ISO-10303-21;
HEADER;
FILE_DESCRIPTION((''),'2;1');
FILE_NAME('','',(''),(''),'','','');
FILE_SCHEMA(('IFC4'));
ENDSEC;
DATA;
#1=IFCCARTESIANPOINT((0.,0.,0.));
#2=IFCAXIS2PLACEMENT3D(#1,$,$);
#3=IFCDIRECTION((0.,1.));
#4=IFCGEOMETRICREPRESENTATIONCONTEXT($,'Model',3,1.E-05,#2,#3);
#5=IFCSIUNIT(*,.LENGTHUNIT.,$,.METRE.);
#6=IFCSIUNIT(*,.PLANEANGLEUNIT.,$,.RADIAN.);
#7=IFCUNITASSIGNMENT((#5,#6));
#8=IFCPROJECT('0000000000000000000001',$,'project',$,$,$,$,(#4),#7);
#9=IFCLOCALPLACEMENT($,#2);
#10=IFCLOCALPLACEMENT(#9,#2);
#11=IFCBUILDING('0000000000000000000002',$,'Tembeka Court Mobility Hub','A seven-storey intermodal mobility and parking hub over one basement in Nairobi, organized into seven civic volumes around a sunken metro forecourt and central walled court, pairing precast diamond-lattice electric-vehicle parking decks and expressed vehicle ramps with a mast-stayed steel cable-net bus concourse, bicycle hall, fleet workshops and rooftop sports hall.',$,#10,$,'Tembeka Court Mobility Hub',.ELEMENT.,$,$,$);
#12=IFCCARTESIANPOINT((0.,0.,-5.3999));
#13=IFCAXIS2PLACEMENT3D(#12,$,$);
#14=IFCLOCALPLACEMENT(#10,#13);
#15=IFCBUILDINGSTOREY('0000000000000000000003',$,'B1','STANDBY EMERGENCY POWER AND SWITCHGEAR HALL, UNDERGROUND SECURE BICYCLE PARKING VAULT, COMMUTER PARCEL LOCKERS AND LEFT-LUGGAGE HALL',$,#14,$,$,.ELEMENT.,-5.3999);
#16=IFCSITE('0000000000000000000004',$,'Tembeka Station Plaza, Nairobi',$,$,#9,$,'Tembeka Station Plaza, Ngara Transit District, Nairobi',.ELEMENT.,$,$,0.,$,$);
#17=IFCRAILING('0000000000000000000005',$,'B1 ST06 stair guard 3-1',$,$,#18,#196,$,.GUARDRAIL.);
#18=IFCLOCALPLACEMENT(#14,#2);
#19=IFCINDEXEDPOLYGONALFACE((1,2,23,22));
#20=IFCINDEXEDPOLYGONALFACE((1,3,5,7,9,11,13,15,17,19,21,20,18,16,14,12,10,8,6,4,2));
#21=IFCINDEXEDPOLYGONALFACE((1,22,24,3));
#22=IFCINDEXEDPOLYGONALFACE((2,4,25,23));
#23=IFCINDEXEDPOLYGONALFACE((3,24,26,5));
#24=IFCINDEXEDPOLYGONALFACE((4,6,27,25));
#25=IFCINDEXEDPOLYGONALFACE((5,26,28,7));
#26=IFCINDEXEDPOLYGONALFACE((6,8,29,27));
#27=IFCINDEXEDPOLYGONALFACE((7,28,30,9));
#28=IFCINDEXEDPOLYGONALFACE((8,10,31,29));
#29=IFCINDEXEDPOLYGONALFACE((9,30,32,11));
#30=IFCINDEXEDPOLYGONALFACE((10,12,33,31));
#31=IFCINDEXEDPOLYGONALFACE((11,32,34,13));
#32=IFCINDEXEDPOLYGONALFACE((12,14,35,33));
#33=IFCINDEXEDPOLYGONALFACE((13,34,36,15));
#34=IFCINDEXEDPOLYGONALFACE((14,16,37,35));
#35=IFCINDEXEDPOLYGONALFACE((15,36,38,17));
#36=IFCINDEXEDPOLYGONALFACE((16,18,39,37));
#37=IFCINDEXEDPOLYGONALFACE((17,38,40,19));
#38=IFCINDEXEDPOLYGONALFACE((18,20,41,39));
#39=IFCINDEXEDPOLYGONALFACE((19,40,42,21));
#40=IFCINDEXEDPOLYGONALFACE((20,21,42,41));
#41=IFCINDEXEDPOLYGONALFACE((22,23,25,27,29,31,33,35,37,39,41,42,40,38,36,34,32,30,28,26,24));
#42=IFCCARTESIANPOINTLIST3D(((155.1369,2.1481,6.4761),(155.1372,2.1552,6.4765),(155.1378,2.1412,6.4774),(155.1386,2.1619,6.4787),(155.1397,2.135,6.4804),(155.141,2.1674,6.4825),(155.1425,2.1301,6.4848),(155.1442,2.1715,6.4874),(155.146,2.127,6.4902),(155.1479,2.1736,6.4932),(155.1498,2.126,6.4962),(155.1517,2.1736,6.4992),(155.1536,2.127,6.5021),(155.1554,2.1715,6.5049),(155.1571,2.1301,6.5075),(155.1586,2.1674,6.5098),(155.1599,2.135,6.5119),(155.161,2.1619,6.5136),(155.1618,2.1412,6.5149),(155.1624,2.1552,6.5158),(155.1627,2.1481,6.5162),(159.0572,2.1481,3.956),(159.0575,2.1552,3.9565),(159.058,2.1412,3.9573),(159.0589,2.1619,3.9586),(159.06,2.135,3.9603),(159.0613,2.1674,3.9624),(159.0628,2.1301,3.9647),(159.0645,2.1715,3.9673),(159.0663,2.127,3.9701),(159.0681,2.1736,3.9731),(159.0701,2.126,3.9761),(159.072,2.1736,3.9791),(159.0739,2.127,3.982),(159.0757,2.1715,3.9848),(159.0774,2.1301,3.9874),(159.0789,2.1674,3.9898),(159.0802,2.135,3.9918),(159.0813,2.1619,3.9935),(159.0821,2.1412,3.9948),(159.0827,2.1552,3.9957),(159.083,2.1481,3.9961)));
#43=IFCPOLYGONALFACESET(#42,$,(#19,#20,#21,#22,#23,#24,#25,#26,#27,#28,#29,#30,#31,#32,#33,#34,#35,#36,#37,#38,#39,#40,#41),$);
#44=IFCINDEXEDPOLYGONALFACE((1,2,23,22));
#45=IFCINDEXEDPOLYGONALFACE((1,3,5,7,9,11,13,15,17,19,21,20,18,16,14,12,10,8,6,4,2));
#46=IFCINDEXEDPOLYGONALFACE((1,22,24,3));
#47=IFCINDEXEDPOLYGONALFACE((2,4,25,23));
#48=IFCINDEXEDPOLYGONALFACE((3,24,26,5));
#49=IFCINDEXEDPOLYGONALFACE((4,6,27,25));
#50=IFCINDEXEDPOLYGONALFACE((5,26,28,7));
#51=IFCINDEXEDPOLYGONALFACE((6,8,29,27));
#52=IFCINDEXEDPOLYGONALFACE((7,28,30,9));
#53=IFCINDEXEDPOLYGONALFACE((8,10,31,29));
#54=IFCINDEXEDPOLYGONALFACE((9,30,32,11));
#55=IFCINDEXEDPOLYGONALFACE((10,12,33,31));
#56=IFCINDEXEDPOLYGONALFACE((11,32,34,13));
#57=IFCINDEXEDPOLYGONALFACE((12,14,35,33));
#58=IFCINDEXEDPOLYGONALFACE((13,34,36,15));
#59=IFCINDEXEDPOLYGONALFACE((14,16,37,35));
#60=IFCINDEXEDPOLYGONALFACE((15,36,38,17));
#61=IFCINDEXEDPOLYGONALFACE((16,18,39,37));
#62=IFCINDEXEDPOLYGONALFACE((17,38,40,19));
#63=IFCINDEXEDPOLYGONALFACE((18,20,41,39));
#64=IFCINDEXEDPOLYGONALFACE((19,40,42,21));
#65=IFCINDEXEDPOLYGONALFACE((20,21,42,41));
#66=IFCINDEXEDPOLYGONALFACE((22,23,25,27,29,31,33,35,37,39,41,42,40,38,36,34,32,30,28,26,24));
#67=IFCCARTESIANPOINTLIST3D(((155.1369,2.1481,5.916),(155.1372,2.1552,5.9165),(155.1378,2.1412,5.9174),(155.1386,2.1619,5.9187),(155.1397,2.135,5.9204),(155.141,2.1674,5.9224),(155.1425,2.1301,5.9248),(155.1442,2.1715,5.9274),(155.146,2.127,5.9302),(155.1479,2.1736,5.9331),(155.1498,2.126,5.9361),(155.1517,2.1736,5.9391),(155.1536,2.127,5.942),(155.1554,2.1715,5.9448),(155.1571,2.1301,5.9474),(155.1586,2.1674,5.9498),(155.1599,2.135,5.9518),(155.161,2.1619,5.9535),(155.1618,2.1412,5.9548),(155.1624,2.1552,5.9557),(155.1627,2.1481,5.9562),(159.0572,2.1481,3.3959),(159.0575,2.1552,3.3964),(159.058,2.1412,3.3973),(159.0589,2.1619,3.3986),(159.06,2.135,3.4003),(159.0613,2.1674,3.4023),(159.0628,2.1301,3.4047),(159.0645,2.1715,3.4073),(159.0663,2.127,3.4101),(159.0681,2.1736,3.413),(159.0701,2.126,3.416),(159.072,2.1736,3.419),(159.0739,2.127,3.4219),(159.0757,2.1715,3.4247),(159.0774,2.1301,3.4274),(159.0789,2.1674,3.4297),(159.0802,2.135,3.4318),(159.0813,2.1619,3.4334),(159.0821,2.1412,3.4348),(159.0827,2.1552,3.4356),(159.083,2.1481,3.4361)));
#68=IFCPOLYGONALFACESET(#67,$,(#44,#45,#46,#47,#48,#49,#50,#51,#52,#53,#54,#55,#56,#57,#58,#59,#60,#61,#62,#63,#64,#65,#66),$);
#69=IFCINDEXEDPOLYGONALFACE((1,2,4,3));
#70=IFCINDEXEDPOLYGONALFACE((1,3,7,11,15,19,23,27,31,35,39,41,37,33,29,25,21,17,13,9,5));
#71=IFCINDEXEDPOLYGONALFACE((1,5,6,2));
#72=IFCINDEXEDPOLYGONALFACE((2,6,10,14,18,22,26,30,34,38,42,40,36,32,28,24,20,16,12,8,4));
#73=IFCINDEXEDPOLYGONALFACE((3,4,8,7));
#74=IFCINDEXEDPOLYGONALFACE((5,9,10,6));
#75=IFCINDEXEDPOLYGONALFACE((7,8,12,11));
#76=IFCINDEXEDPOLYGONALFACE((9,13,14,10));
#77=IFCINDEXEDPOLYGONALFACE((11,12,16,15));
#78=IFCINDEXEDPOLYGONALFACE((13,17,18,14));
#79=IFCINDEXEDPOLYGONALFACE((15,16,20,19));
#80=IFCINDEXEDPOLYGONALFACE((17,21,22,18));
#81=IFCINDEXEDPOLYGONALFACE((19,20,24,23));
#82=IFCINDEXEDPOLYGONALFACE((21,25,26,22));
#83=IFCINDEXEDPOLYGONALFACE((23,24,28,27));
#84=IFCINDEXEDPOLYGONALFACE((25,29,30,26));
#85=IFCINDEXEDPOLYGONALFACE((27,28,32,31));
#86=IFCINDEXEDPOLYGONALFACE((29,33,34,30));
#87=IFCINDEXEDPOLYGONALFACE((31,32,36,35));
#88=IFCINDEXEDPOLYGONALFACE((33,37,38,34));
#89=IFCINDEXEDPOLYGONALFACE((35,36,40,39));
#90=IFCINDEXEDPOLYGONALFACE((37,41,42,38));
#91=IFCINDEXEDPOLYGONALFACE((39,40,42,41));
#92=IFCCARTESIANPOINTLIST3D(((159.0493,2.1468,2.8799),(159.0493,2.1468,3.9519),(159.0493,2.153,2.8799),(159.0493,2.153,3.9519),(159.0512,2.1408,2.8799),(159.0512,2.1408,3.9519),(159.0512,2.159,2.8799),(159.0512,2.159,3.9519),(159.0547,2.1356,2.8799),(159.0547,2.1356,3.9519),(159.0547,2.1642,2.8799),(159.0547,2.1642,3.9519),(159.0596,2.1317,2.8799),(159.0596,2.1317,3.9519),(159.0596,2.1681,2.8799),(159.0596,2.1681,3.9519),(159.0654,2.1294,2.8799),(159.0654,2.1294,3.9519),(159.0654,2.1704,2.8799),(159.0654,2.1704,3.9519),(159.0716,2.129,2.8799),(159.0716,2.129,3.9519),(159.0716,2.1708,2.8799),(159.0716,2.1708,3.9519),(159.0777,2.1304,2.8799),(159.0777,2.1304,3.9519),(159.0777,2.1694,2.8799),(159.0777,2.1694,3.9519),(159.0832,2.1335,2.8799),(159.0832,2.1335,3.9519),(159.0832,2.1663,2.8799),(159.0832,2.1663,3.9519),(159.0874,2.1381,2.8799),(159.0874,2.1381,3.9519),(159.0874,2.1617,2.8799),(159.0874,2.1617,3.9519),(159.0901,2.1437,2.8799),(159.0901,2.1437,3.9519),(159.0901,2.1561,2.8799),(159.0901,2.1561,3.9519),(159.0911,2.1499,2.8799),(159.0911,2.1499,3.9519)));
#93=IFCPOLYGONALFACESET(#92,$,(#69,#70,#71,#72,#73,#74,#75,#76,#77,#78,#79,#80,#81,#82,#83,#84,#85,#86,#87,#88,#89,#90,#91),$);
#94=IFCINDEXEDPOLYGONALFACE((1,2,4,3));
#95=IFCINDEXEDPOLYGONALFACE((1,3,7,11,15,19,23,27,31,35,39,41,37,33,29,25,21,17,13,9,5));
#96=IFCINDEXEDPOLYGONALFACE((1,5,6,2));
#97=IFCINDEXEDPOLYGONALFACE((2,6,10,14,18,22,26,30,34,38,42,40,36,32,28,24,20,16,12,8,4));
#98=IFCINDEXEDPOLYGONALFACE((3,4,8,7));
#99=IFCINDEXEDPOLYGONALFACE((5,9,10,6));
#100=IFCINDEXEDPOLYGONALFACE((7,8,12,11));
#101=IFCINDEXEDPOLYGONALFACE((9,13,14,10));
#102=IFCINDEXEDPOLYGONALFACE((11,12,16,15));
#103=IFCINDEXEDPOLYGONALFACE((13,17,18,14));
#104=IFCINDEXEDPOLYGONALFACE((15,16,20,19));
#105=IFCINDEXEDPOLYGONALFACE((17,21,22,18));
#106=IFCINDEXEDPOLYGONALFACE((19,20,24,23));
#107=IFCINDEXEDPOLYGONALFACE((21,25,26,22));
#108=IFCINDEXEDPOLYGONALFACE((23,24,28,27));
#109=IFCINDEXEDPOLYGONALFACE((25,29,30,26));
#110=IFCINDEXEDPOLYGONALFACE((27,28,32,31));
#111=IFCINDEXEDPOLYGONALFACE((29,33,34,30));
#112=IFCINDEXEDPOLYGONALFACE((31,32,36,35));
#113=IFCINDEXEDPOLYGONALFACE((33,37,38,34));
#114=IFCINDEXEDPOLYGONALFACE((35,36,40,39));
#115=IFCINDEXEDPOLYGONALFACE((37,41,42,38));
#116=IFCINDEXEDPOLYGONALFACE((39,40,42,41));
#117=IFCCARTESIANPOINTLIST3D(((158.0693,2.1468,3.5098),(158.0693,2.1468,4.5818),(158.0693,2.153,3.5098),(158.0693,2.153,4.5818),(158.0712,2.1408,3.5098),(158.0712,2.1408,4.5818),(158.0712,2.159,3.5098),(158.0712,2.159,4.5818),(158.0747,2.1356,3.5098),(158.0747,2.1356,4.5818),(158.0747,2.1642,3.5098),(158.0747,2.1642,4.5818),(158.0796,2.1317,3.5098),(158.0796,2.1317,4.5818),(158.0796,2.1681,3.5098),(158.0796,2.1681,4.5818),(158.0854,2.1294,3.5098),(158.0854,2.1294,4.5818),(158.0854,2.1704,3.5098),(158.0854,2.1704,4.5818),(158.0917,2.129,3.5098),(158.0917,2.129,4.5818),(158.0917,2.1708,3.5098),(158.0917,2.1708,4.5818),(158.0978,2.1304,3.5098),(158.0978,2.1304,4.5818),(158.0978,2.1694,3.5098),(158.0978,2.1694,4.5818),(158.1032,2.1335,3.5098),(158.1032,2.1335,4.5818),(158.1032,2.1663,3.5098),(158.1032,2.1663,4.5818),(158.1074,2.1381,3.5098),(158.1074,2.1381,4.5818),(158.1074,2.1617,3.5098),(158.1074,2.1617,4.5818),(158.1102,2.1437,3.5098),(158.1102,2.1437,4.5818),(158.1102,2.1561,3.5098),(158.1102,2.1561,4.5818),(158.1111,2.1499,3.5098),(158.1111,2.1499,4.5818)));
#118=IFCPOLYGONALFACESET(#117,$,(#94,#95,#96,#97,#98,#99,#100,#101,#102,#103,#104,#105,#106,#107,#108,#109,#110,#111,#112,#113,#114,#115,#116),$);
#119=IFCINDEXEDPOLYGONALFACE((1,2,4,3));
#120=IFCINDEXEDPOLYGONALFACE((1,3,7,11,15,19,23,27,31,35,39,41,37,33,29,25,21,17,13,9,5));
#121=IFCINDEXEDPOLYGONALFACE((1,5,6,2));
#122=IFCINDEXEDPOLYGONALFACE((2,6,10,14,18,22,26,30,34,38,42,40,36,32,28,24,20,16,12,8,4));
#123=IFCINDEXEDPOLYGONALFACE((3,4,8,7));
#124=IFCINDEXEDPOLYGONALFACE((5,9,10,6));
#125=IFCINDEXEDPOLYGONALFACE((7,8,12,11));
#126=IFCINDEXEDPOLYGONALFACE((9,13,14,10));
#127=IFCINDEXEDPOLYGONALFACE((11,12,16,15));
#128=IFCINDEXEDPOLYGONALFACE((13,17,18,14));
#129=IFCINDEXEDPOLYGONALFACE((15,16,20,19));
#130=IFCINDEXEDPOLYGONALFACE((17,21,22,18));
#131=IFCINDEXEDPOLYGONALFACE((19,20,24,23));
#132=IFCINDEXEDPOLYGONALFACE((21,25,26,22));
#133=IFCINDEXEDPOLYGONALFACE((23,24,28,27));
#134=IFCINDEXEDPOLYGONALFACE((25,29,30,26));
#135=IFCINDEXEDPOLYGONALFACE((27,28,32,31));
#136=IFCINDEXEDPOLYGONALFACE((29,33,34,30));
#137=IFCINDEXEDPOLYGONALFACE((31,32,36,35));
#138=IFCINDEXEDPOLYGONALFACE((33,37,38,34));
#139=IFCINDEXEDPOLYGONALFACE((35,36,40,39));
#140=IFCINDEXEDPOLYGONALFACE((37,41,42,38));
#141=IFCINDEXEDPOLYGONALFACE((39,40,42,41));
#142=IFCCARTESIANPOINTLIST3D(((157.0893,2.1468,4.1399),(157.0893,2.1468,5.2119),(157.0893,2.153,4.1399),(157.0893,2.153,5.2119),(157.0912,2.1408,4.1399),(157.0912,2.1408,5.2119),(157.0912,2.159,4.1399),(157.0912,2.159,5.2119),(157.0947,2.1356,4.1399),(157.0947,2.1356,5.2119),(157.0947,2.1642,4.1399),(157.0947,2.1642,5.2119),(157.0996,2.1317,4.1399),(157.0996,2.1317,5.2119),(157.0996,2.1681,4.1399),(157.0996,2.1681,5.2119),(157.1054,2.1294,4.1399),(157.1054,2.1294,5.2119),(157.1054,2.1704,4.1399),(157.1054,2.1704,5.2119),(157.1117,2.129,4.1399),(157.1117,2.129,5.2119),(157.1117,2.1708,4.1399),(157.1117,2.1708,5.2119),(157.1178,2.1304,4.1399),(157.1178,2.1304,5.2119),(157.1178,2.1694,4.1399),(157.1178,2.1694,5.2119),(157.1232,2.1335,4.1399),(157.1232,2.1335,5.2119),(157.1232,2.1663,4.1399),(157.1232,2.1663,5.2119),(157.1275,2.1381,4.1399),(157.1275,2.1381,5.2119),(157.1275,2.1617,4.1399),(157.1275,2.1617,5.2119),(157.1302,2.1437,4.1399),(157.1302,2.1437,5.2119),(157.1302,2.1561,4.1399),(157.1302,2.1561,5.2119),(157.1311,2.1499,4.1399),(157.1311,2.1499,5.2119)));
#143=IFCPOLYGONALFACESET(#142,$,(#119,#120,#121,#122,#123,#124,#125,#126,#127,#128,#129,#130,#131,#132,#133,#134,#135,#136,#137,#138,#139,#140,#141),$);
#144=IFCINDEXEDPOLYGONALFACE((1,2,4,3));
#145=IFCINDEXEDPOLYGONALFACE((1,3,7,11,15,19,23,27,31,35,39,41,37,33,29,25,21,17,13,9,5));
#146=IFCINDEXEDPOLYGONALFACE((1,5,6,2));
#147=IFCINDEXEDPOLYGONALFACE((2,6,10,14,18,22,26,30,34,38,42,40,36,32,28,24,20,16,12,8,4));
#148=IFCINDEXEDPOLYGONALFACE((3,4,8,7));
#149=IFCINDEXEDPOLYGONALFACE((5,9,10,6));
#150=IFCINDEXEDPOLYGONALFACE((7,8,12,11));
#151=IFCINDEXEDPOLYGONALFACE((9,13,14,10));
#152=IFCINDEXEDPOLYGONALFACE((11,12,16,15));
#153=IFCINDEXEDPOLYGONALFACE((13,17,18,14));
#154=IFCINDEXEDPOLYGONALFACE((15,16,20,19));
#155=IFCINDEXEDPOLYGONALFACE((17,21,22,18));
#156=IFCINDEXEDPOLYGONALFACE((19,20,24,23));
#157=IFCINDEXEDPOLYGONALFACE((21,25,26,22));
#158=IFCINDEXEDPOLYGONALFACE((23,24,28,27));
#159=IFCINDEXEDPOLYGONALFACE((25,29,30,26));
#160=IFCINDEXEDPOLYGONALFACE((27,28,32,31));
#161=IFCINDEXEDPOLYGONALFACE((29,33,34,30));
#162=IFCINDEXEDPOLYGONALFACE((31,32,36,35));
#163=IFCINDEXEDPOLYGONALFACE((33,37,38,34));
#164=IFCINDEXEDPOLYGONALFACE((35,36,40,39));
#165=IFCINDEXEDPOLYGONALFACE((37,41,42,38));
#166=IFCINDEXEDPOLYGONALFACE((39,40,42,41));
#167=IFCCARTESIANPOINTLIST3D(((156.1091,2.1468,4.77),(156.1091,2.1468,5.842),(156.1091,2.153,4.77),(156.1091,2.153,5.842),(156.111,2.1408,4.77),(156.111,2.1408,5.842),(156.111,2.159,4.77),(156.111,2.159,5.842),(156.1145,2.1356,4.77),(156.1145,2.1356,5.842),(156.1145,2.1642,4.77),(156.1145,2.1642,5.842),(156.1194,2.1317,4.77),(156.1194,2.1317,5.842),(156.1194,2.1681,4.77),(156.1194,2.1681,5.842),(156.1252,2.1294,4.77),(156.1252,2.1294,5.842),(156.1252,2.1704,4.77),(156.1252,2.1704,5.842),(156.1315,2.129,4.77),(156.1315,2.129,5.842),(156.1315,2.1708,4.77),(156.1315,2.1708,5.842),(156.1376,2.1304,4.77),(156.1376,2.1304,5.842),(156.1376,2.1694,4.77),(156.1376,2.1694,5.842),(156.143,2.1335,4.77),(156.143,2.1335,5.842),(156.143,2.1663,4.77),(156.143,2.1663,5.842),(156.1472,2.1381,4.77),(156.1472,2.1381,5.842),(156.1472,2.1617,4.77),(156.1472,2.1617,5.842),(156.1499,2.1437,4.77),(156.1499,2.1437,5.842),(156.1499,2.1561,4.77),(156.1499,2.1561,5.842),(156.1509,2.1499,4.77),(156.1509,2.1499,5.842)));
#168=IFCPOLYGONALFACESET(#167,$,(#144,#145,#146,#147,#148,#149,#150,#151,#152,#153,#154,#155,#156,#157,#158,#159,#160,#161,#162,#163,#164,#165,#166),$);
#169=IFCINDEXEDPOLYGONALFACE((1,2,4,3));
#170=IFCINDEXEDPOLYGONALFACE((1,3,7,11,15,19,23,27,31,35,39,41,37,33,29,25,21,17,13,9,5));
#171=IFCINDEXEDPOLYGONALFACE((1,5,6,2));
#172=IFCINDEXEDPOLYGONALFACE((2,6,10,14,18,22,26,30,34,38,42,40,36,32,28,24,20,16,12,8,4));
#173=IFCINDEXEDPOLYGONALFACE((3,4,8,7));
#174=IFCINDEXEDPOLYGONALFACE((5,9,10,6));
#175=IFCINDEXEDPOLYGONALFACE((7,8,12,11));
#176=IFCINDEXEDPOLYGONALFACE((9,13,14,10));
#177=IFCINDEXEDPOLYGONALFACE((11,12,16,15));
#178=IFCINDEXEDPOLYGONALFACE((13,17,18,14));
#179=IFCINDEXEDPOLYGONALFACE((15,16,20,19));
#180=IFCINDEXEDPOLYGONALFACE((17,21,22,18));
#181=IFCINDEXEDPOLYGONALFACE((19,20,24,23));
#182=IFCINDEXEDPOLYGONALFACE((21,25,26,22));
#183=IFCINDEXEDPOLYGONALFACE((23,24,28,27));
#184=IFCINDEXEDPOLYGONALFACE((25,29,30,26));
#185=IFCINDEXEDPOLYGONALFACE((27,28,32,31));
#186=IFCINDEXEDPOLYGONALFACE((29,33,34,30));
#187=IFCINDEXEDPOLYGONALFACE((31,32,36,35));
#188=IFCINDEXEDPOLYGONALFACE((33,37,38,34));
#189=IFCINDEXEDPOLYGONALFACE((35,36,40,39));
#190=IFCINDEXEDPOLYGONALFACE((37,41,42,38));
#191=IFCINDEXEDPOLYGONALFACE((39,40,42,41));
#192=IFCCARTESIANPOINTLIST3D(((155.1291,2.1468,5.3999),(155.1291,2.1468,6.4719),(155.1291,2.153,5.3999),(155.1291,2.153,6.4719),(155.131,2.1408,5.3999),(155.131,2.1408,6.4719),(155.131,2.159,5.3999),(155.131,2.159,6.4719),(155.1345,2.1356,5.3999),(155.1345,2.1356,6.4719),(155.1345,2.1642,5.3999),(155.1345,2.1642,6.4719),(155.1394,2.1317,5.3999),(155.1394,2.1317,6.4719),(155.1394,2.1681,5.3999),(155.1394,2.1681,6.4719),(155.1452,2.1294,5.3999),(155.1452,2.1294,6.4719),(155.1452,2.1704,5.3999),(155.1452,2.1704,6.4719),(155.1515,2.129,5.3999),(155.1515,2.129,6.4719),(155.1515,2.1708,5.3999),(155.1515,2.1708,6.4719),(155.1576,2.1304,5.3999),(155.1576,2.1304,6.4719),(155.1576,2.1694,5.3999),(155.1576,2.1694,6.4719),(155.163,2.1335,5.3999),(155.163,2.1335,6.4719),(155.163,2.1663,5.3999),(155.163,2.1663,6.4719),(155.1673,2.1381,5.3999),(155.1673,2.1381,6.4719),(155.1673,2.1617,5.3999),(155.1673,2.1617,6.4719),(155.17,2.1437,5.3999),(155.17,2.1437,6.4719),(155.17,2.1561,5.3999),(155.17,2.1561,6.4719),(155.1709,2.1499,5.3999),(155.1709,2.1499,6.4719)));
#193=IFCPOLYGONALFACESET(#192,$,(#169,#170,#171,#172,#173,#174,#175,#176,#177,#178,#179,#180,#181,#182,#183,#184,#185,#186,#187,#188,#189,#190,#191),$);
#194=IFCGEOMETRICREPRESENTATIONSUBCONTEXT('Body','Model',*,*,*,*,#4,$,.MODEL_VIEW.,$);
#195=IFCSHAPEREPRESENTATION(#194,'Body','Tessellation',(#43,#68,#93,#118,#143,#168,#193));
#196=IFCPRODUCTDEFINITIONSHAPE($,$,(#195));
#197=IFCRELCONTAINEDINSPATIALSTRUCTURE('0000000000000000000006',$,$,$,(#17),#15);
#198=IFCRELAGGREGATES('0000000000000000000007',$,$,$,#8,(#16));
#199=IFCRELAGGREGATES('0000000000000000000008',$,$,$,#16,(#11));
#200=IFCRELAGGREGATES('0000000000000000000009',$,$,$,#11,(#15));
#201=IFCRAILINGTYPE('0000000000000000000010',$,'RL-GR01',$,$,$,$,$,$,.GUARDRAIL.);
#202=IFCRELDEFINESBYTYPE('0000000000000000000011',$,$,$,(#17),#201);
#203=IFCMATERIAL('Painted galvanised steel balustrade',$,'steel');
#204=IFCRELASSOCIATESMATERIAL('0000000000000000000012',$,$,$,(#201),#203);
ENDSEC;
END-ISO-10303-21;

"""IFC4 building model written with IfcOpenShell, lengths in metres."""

from ifc_helpers import new_model, si_unit, direction, frame, origin, origin_2d, place, context, subcontext, project, spatial, circle, extrude, material, type_object, element, save


model = new_model("IFC4")

# Units and contexts
model_context = context("Model", 3, precision=1e-05, world=origin(), true_north=direction((0.0, 1.0)))
body_context = subcontext(model_context, "Body", "Model", "MODEL_VIEW")
ifc_project = project(units=[si_unit("LENGTHUNIT", "METRE"), si_unit("PLANEANGLEUNIT", "RADIAN")], contexts=[model_context])

# Site, building, storey
site_placement = place(None, origin())
site = spatial("IfcSite", under=ifc_project, at=site_placement, Name="Tembeka Station Plaza, Nairobi", LongName="Tembeka Station Plaza, Ngara Transit District, Nairobi", CompositionType="ELEMENT", RefElevation=0.0)
building_placement = place(site_placement, origin())
building = spatial("IfcBuilding", under=site, at=building_placement, Name="Tembeka Court Mobility Hub", Description="A seven-storey intermodal mobility and parking hub over one basement in Nairobi, organized into seven civic volumes around a sunken metro forecourt and central walled court, pairing precast diamond-lattice electric-vehicle parking decks and expressed vehicle ramps with a mast-stayed steel cable-net bus concourse, bicycle hall, fleet workshops and rooftop sports hall.", LongName="Tembeka Court Mobility Hub", CompositionType="ELEMENT")
storey_placement = place(building_placement, frame((0.0, 0.0, -5.3999)))
storey = spatial("IfcBuildingStorey", under=building, at=storey_placement, Name="B1", Description="STANDBY EMERGENCY POWER AND SWITCHGEAR HALL, UNDERGROUND SECURE BICYCLE PARKING VAULT, COMMUTER PARCEL LOCKERS AND LEFT-LUGGAGE HALL", CompositionType="ELEMENT", Elevation=-5.3999)

# Railing
ifc_material_1 = material(Name="Painted galvanised steel balustrade", Category="steel")
railing_type_1 = type_object("IfcRailingType", Name="RL-GR01", PredefinedType="GUARDRAIL", material=ifc_material_1)
railing_1_placement = place(storey_placement, frame((159.0701, 2.1499, 2.8799)))
element("IfcRailing", 1, at=railing_1_placement, inside=storey, type_object=railing_type_1, Name="B1 ST06 stair guard 3-1", PredefinedType="GUARDRAIL", context=body_context, shape_type="SweptSolid", body=[
    extrude(circle(Radius=0.0239, at=origin_2d()), frame((0.0, 0.0, 1.0962), z_axis=(-0.841187, 0.0, 0.540744), x_axis=(0.0, -1.0, 0.0)), (0.0, 0.0, 1.0), 4.6604),
    extrude(circle(Radius=0.0239, at=origin_2d()), frame((0.0, 0.0, 0.5361), z_axis=(-0.841187, 0.0, 0.540744), x_axis=(0.0, -1.0, 0.0)), (0.0, 0.0, 1.0), 4.6604),
    extrude(circle(Radius=0.021, at=origin_2d()), origin(), (0.0, 0.0, 1.0), 1.072),
    extrude(circle(Radius=0.021, at=origin_2d()), frame((-0.98, 0.0, 0.6299)), (0.0, 0.0, 1.0), 1.072),
    extrude(circle(Radius=0.021, at=origin_2d()), frame((-1.96, 0.0, 1.26)), (0.0, 0.0, 1.0), 1.072),
    extrude(circle(Radius=0.021, at=origin_2d()), frame((-2.9402, 0.0, 1.8901)), (0.0, 0.0, 1.0), 1.072),
    extrude(circle(Radius=0.021, at=origin_2d()), frame((-3.9202, 0.0, 2.52)), (0.0, 0.0, 1.0), 1.072),
])

save(model, "model.ifc")
